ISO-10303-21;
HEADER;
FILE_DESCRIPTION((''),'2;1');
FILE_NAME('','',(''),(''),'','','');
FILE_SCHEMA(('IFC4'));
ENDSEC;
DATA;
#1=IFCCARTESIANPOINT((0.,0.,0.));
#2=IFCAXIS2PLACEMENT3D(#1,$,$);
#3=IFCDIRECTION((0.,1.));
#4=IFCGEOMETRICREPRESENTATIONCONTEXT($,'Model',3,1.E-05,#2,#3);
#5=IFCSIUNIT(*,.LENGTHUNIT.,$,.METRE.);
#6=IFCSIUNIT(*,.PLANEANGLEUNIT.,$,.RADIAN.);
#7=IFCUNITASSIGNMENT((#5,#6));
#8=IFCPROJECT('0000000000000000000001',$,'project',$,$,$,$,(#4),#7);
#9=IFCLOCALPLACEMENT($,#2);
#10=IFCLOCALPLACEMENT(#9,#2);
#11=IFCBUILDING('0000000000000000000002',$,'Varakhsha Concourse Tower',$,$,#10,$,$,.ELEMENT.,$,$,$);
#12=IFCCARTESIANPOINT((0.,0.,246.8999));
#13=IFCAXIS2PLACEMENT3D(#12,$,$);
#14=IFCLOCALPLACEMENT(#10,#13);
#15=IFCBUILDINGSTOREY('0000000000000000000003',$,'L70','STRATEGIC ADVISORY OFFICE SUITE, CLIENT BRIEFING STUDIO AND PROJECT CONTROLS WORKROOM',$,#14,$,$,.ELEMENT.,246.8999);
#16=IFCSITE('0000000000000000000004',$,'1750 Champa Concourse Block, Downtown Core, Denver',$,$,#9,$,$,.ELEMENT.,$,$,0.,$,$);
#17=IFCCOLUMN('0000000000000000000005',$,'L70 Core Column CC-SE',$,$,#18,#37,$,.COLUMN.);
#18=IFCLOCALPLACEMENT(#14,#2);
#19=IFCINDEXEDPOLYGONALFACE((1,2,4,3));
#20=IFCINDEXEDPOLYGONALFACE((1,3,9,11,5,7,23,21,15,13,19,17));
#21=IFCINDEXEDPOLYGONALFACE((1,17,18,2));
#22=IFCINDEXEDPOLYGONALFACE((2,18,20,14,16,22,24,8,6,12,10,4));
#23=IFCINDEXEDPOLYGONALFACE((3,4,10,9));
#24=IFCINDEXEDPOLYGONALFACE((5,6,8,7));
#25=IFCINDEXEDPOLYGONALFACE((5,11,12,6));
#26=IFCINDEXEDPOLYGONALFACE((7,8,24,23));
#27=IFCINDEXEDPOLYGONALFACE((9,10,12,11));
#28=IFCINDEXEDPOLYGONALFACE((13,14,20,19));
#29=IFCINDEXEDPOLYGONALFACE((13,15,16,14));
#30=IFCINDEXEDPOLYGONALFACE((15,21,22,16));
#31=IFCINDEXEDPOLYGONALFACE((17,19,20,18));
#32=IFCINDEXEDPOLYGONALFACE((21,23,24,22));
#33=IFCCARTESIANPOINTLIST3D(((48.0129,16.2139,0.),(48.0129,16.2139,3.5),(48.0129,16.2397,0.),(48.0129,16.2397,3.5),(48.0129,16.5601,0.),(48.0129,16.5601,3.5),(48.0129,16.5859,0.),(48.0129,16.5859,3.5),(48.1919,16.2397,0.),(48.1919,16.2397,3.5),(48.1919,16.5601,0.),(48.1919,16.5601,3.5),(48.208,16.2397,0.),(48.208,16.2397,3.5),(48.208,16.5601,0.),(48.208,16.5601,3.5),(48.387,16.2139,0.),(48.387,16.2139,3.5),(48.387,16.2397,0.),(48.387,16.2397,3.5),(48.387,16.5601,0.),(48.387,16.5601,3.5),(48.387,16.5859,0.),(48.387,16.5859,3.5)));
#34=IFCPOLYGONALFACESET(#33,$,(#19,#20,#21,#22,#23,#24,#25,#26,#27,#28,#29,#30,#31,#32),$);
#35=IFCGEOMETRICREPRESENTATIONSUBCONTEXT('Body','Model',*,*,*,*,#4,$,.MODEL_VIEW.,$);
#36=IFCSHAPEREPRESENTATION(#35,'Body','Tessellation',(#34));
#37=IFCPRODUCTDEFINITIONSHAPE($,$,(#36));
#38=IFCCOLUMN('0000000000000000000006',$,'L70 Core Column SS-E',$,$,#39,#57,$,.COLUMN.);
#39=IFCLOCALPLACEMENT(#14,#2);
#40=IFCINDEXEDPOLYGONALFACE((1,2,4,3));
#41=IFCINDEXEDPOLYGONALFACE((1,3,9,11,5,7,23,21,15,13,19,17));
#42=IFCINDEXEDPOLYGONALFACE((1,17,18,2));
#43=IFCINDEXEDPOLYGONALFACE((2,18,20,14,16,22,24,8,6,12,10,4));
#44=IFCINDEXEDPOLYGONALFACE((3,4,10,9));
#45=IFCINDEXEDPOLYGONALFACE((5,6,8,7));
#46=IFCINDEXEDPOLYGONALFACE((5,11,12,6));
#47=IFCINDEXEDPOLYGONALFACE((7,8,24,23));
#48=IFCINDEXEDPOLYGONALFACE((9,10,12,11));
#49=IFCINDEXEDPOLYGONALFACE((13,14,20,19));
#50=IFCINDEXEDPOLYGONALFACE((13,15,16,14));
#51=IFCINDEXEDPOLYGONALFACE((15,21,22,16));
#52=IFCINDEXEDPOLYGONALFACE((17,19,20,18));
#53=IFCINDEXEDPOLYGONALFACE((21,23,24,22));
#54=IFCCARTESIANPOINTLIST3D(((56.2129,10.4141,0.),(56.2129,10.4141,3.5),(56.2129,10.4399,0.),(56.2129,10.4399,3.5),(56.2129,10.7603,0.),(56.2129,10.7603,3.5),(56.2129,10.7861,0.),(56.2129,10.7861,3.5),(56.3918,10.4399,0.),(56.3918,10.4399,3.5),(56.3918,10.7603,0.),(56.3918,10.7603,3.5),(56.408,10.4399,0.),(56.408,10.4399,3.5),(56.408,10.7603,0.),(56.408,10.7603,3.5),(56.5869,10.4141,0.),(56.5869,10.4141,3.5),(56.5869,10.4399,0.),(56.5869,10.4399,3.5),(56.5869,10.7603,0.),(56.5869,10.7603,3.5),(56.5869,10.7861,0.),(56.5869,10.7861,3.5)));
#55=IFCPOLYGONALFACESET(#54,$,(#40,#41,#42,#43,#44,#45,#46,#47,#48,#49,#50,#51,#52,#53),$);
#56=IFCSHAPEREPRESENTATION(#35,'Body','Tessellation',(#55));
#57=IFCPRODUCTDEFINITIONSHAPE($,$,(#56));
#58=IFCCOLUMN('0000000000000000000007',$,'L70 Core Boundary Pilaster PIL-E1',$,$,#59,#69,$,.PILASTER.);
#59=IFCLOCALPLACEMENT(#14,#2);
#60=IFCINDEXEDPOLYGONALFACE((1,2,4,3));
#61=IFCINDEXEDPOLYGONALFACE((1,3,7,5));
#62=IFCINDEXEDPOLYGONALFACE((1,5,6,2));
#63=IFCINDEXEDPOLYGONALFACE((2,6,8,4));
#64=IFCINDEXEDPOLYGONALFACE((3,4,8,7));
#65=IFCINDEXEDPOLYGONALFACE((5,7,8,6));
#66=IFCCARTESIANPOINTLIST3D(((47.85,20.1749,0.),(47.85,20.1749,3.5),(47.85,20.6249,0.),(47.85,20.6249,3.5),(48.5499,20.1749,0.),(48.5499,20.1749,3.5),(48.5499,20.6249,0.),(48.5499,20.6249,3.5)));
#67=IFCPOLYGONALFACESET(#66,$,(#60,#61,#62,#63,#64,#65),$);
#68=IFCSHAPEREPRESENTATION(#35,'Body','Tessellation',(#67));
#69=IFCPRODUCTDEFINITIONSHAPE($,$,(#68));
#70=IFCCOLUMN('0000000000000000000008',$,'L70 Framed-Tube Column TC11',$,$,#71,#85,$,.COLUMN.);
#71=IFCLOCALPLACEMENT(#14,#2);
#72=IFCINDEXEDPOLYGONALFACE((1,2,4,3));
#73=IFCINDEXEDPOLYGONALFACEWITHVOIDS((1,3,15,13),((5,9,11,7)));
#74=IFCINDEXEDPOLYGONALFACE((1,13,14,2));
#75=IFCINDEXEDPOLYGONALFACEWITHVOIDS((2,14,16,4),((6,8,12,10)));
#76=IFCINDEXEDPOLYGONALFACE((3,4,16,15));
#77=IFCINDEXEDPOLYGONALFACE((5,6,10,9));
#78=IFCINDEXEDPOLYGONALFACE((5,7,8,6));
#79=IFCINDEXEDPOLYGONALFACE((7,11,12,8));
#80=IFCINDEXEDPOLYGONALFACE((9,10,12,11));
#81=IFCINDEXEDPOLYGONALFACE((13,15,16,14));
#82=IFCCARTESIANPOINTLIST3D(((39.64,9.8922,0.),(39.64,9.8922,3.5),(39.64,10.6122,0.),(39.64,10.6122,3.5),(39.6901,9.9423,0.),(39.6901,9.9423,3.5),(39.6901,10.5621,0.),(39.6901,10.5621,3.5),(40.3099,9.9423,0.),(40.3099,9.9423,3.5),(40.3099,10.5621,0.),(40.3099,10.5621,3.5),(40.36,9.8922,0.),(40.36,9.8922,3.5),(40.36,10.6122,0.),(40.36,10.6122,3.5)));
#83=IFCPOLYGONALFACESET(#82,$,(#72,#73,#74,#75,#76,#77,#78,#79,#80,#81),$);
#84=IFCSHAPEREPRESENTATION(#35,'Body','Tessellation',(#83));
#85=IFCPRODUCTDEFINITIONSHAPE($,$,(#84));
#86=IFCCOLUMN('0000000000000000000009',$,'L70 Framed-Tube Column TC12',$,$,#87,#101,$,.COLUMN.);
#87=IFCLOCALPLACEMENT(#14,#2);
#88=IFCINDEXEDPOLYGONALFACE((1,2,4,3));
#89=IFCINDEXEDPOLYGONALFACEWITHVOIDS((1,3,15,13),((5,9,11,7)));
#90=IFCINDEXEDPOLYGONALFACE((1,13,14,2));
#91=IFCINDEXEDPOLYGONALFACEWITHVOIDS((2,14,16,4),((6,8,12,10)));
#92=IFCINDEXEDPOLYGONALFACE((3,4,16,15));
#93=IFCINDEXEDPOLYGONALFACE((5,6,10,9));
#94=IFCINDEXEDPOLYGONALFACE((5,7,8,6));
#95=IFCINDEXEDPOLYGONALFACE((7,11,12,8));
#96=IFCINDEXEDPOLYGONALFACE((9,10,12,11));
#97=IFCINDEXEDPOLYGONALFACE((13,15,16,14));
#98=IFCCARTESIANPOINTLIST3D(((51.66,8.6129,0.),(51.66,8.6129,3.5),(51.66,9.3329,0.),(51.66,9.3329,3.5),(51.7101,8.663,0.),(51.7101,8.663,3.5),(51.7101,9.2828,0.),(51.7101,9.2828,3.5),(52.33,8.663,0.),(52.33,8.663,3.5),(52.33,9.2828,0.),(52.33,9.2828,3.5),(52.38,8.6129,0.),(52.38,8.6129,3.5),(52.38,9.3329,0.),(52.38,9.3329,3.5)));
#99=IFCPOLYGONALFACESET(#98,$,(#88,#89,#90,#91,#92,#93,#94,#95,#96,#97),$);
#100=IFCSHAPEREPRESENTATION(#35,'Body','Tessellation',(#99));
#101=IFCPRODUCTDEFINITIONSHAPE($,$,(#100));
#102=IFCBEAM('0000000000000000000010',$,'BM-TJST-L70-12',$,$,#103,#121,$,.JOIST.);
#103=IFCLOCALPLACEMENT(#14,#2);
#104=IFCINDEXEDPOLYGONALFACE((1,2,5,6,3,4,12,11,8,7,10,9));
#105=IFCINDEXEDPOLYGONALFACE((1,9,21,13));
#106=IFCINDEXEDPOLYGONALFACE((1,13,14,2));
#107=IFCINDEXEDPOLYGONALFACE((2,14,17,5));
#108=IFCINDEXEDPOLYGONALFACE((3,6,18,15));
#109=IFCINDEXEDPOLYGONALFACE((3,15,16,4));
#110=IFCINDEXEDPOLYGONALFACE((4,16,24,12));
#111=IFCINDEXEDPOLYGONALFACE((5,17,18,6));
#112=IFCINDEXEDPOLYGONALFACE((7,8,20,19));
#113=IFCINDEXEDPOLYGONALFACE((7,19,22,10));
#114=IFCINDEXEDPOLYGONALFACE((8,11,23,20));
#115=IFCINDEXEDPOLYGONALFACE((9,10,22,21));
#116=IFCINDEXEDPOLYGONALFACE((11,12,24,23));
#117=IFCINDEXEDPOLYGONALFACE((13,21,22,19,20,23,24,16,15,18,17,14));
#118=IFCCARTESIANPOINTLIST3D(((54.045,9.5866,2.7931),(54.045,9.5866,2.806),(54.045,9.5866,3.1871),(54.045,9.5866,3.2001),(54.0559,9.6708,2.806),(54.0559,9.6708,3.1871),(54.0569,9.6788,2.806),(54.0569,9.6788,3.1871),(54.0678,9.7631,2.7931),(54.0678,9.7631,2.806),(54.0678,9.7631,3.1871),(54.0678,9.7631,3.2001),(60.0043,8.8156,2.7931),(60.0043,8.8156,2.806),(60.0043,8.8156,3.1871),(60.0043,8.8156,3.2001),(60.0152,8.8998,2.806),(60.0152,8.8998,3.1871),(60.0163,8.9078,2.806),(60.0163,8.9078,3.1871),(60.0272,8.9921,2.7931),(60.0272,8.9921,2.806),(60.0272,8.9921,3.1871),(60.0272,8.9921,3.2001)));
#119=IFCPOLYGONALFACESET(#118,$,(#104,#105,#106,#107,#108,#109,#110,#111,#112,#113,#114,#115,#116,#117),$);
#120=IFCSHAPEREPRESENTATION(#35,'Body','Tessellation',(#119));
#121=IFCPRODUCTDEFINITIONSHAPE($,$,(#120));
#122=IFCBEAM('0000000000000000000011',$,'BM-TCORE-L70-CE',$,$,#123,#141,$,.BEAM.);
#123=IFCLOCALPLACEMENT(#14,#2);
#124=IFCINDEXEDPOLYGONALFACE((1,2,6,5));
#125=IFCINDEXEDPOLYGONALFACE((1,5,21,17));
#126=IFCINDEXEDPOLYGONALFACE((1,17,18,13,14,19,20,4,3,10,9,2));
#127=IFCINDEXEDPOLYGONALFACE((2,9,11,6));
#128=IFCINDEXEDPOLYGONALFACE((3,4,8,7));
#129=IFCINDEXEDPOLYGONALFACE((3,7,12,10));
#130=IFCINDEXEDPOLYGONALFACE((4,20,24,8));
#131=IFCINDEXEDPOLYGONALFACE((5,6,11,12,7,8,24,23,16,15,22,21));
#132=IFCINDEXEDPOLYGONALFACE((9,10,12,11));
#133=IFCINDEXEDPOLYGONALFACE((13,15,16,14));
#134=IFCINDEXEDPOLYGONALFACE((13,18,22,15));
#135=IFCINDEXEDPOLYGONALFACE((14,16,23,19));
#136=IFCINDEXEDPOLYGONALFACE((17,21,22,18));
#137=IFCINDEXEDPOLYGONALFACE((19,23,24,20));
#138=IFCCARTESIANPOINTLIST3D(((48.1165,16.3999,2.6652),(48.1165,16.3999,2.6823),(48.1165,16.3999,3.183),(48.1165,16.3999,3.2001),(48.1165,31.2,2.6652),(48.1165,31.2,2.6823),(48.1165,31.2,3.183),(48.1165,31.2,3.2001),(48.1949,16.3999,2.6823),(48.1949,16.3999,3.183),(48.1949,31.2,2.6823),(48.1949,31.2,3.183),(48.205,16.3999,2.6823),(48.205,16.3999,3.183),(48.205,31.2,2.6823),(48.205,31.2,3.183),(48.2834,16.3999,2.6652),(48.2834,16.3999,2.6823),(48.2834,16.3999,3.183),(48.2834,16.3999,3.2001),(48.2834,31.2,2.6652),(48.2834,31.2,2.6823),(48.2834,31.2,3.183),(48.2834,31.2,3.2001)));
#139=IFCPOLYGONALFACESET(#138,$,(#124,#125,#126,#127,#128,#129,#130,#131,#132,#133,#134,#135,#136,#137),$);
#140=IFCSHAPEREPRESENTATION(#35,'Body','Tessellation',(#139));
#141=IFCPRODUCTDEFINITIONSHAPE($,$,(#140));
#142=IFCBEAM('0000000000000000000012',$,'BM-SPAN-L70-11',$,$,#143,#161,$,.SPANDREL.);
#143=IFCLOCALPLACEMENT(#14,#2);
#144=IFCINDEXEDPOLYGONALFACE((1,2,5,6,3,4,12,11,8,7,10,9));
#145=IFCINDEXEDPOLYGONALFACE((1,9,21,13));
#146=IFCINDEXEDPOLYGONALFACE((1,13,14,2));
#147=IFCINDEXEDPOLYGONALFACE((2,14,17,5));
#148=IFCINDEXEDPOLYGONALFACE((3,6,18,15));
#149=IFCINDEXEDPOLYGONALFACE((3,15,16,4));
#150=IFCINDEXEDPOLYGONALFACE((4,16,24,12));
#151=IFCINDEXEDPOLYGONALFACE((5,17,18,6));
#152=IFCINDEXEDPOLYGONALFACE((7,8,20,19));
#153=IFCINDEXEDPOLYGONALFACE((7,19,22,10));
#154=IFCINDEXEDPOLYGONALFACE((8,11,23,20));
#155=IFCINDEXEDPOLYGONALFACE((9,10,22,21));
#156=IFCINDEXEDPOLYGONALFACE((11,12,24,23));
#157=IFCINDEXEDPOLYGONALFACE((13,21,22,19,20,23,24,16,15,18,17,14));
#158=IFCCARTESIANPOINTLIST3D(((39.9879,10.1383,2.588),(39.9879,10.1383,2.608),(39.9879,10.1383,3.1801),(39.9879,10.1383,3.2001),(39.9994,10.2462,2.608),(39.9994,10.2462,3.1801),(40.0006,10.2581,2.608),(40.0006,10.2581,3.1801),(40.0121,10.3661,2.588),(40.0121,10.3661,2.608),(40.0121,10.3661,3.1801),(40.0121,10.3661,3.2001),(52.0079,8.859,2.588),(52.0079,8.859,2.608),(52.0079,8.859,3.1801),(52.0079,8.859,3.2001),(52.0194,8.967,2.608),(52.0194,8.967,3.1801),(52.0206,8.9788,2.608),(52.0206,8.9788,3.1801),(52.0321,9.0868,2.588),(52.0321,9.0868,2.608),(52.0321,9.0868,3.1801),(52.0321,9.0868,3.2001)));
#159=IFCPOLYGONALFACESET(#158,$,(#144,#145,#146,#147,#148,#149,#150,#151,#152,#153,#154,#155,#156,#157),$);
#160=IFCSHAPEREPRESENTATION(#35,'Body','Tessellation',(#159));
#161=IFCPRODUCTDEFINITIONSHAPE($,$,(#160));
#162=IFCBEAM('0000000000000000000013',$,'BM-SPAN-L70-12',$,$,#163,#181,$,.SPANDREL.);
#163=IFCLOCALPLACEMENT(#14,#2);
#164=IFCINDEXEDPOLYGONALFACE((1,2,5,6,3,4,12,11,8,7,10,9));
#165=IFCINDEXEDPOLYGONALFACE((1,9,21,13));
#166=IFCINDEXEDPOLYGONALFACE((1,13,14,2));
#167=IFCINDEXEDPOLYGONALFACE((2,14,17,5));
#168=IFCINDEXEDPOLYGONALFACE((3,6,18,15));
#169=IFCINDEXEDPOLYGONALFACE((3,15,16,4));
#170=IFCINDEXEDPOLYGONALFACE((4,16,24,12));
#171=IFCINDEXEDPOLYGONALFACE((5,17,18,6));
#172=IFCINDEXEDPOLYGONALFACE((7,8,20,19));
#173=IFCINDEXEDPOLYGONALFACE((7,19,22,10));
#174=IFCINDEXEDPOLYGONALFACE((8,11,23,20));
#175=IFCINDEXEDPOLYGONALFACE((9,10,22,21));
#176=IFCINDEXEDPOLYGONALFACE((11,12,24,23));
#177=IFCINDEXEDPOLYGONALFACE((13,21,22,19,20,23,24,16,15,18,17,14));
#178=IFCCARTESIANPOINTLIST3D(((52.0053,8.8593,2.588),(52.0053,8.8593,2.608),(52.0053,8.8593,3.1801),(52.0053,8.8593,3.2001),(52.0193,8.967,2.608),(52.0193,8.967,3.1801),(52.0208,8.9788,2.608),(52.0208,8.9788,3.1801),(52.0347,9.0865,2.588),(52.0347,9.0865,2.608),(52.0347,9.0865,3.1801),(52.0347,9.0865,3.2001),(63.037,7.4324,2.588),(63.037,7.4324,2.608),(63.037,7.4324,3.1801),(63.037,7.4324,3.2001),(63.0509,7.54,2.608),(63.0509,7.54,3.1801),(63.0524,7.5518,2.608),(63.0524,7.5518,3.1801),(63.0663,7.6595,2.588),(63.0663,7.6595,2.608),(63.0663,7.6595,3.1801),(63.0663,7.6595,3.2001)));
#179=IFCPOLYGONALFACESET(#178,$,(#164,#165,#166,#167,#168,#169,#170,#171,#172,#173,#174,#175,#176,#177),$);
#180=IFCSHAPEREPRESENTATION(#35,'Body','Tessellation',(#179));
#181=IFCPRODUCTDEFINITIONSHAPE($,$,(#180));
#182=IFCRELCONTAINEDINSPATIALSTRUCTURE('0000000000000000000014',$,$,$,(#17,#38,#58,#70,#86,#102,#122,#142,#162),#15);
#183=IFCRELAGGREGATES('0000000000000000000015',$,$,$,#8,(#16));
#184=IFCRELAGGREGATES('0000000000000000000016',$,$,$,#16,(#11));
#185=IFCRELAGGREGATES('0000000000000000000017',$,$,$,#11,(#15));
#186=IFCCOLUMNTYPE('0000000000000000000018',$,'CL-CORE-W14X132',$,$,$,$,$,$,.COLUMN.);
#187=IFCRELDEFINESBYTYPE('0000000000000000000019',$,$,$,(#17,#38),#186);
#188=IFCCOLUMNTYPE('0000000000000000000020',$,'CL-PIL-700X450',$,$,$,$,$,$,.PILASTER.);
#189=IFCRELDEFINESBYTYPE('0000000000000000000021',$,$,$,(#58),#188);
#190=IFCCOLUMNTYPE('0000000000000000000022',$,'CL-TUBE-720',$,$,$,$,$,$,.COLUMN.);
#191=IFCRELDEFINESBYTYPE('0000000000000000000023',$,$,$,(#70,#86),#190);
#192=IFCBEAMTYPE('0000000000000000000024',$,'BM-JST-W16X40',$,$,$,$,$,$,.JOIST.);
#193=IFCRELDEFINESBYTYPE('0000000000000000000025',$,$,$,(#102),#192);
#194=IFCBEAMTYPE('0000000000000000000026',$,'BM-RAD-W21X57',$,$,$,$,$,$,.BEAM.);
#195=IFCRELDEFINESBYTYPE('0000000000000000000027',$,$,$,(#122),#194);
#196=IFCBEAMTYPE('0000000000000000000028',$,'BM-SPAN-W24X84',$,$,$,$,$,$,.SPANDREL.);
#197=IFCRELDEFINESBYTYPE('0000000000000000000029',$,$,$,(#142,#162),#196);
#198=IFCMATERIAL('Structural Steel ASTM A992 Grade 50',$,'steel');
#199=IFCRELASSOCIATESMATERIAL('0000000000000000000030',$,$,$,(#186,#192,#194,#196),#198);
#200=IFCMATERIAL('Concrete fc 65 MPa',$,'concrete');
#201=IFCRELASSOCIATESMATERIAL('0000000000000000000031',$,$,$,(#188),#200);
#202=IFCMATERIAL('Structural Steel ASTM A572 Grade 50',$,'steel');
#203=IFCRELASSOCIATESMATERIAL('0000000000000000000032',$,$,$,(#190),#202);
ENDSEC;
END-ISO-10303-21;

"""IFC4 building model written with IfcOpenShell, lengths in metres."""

from ifc_helpers import new_model, si_unit, direction, frame, origin, origin_2d, place, context, subcontext, project, spatial, rectangle, hollow_rectangle, i_section, extrude, material, material_profile, profile_set, type_object, element, save


model = new_model("IFC4")

# Units and contexts
model_context = context("Model", 3, precision=1e-05, world=origin(), true_north=direction((0.0, 1.0)))
body_context = subcontext(model_context, "Body", "Model", "MODEL_VIEW")
ifc_project = project(units=[si_unit("LENGTHUNIT", "METRE"), si_unit("PLANEANGLEUNIT", "RADIAN")], contexts=[model_context])

# Site, building, storey
site_placement = place(None, origin())
site = spatial("IfcSite", under=ifc_project, at=site_placement, Name="1750 Champa Concourse Block, Downtown Core, Denver", CompositionType="ELEMENT", RefElevation=0.0)
building_placement = place(site_placement, origin())
building = spatial("IfcBuilding", under=site, at=building_placement, Name="Varakhsha Concourse Tower", CompositionType="ELEMENT")
storey_placement = place(building_placement, frame((0.0, 0.0, 246.8999)))
storey = spatial("IfcBuildingStorey", under=building, at=storey_placement, Name="L70", Description="STRATEGIC ADVISORY OFFICE SUITE, CLIENT BRIEFING STUDIO AND PROJECT CONTROLS WORKROOM", CompositionType="ELEMENT", Elevation=246.8999)

# Columns
ifc_material_1 = material(Name="Structural Steel ASTM A992 Grade 50", Category="steel")
ifc_material_profile_1 = material_profile(ifc_material_1, i_section(OverallWidth=0.374, OverallDepth=0.3721, WebThickness=0.0161, FlangeThickness=0.0259, at=origin_2d()), Name="W14X132")
ifc_profile_set_1 = profile_set([ifc_material_profile_1], Name="Structural Steel ASTM A992 Grade 50")
column_type_1 = type_object("IfcColumnType", Name="CL-CORE-W14X132", PredefinedType="COLUMN", material=ifc_profile_set_1)
for number, where, z_axis, x_axis, name in (
    (1, (48.2, 16.3999, 0.0), (0.0, 0.0, 1.0), (1.0, 0.0, 0.0), "L70 Core Column CC-SE"),
    (2, (56.3999, 10.6001, 0.0), (0.0, 0.0, 1.0), (1.0, 0.0, 0.0), "L70 Core Column SS-E"),
):
    element("IfcColumn", number, at=place(storey_placement, frame(where, z_axis=z_axis, x_axis=x_axis)), inside=storey, type_object=column_type_1, Name=name, PredefinedType="COLUMN", context=body_context, shape_type="SweptSolid", body=[
        extrude(i_section(OverallWidth=0.374, OverallDepth=0.3721, WebThickness=0.0161, FlangeThickness=0.0259, at=origin_2d()), origin(), (0.0, 0.0, 1.0), 3.5),
    ])
ifc_material_2 = material(Name="Concrete fc 65 MPa", Category="concrete")
ifc_material_profile_2 = material_profile(ifc_material_2, rectangle(XDim=0.7, YDim=0.45, at=origin_2d()), Name="RC 700x450")
ifc_profile_set_2 = profile_set([ifc_material_profile_2], Name="Concrete fc 65 MPa")
column_type_2 = type_object("IfcColumnType", Name="CL-PIL-700X450", PredefinedType="PILASTER", material=ifc_profile_set_2)
column_placement = place(storey_placement, frame((48.2, 20.3999, 0.0), z_axis=(0.0, 0.0, 1.0), x_axis=(1.0, 0.0, 0.0)))
element("IfcColumn", 3, at=column_placement, inside=storey, type_object=column_type_2, Name="L70 Core Boundary Pilaster PIL-E1", PredefinedType="PILASTER", context=body_context, shape_type="SweptSolid", body=[
    extrude(rectangle(XDim=0.7, YDim=0.45, at=origin_2d()), origin(), (0.0, 0.0, 1.0), 3.5),
])
ifc_material_3 = material(Name="Structural Steel ASTM A572 Grade 50", Category="steel")
ifc_material_profile_3 = material_profile(ifc_material_3, hollow_rectangle(XDim=0.72, YDim=0.72, WallThickness=0.05, at=origin_2d()), Name="BOX 720x720x50")
ifc_profile_set_3 = profile_set([ifc_material_profile_3], Name="Structural Steel ASTM A572 Grade 50")
column_type_3 = type_object("IfcColumnType", Name="CL-TUBE-720", PredefinedType="COLUMN", material=ifc_profile_set_3)
for number, where, z_axis, x_axis, name in (
    (4, (40.0, 10.2522, 0.0), (0.0, 0.0, 1.0), (1.0, 0.0, 0.0), "L70 Framed-Tube Column TC11"),
    (5, (52.02, 8.9729, 0.0), (0.0, 0.0, 1.0), (1.0, 0.0, 0.0), "L70 Framed-Tube Column TC12"),
):
    element("IfcColumn", number, at=place(storey_placement, frame(where, z_axis=z_axis, x_axis=x_axis)), inside=storey, type_object=column_type_3, Name=name, PredefinedType="COLUMN", context=body_context, shape_type="SweptSolid", body=[
        extrude(hollow_rectangle(XDim=0.72, YDim=0.72, WallThickness=0.05, at=origin_2d()), origin(), (0.0, 0.0, 1.0), 3.5),
    ])

# Beams
ifc_material_profile_4 = material_profile(ifc_material_1, i_section(OverallWidth=0.178, OverallDepth=0.407, WebThickness=0.0081, FlangeThickness=0.0129, at=origin_2d()), Name="W16X40")
ifc_profile_set_4 = profile_set([ifc_material_profile_4], Name="Structural Steel ASTM A992 Grade 50")
beam_type_1 = type_object("IfcBeamType", Name="BM-JST-W16X40", PredefinedType="JOIST", material=ifc_profile_set_4)
beam_1_placement = place(storey_placement, frame((54.0564, 9.6748, 2.9966), z_axis=(0.991735, -0.128304, 0.0), x_axis=(0.128304, 0.991735, 0.0)))
element("IfcBeam", 6, at=beam_1_placement, inside=storey, type_object=beam_type_1, Name="BM-TJST-L70-12", PredefinedType="JOIST", context=body_context, shape_type="SweptSolid", body=[
    extrude(i_section(OverallWidth=0.178, OverallDepth=0.407, WebThickness=0.0081, FlangeThickness=0.0129, at=origin_2d()), origin(), (0.0, 0.0, 1.0), 6.009),
])
ifc_material_profile_5 = material_profile(ifc_material_1, i_section(OverallWidth=0.167, OverallDepth=0.5349, WebThickness=0.01, FlangeThickness=0.0171, at=origin_2d()), Name="W21X57")
ifc_profile_set_5 = profile_set([ifc_material_profile_5], Name="Structural Steel ASTM A992 Grade 50")
beam_type_2 = type_object("IfcBeamType", Name="BM-RAD-W21X57", PredefinedType="BEAM", material=ifc_profile_set_5)
beam_2_placement = place(storey_placement, frame((48.2, 16.3999, 2.9326), z_axis=(0.0, 1.0, 0.0), x_axis=(-1.0, 0.0, 0.0)))
element("IfcBeam", 7, at=beam_2_placement, inside=storey, type_object=beam_type_2, Name="BM-TCORE-L70-CE", PredefinedType="BEAM", context=body_context, shape_type="SweptSolid", body=[
    extrude(i_section(OverallWidth=0.167, OverallDepth=0.5349, WebThickness=0.01, FlangeThickness=0.0171, at=origin_2d()), origin(), (0.0, 0.0, 1.0), 14.8),
])
ifc_material_profile_6 = material_profile(ifc_material_1, i_section(OverallWidth=0.229, OverallDepth=0.6121, WebThickness=0.012, FlangeThickness=0.02, at=origin_2d()), Name="W24X84")
ifc_profile_set_6 = profile_set([ifc_material_profile_6], Name="Structural Steel ASTM A992 Grade 50")
beam_type_3 = type_object("IfcBeamType", Name="BM-SPAN-W24X84", PredefinedType="SPANDREL", material=ifc_profile_set_6)
beam_3_placement = place(storey_placement, frame((40.0, 10.2522, 2.894), z_axis=(0.994384, -0.105833, 0.0), x_axis=(0.105833, 0.994384, 0.0)))
element("IfcBeam", 8, at=beam_3_placement, inside=storey, type_object=beam_type_3, Name="BM-SPAN-L70-11", PredefinedType="SPANDREL", context=body_context, shape_type="SweptSolid", body=[
    extrude(i_section(OverallWidth=0.229, OverallDepth=0.6121, WebThickness=0.012, FlangeThickness=0.02, at=origin_2d()), origin(), (0.0, 0.0, 1.0), 12.0879),
])
beam_4_placement = place(storey_placement, frame((52.02, 8.9729, 2.894), z_axis=(0.991737, -0.128285, 0.0), x_axis=(0.128285, 0.991737, 0.0)))
element("IfcBeam", 9, at=beam_4_placement, inside=storey, type_object=beam_type_3, Name="BM-SPAN-L70-12", PredefinedType="SPANDREL", context=body_context, shape_type="SweptSolid", body=[
    extrude(i_section(OverallWidth=0.229, OverallDepth=0.6121, WebThickness=0.012, FlangeThickness=0.02, at=origin_2d()), origin(), (0.0, 0.0, 1.0), 11.1235),
])

save(model, "model.ifc")
